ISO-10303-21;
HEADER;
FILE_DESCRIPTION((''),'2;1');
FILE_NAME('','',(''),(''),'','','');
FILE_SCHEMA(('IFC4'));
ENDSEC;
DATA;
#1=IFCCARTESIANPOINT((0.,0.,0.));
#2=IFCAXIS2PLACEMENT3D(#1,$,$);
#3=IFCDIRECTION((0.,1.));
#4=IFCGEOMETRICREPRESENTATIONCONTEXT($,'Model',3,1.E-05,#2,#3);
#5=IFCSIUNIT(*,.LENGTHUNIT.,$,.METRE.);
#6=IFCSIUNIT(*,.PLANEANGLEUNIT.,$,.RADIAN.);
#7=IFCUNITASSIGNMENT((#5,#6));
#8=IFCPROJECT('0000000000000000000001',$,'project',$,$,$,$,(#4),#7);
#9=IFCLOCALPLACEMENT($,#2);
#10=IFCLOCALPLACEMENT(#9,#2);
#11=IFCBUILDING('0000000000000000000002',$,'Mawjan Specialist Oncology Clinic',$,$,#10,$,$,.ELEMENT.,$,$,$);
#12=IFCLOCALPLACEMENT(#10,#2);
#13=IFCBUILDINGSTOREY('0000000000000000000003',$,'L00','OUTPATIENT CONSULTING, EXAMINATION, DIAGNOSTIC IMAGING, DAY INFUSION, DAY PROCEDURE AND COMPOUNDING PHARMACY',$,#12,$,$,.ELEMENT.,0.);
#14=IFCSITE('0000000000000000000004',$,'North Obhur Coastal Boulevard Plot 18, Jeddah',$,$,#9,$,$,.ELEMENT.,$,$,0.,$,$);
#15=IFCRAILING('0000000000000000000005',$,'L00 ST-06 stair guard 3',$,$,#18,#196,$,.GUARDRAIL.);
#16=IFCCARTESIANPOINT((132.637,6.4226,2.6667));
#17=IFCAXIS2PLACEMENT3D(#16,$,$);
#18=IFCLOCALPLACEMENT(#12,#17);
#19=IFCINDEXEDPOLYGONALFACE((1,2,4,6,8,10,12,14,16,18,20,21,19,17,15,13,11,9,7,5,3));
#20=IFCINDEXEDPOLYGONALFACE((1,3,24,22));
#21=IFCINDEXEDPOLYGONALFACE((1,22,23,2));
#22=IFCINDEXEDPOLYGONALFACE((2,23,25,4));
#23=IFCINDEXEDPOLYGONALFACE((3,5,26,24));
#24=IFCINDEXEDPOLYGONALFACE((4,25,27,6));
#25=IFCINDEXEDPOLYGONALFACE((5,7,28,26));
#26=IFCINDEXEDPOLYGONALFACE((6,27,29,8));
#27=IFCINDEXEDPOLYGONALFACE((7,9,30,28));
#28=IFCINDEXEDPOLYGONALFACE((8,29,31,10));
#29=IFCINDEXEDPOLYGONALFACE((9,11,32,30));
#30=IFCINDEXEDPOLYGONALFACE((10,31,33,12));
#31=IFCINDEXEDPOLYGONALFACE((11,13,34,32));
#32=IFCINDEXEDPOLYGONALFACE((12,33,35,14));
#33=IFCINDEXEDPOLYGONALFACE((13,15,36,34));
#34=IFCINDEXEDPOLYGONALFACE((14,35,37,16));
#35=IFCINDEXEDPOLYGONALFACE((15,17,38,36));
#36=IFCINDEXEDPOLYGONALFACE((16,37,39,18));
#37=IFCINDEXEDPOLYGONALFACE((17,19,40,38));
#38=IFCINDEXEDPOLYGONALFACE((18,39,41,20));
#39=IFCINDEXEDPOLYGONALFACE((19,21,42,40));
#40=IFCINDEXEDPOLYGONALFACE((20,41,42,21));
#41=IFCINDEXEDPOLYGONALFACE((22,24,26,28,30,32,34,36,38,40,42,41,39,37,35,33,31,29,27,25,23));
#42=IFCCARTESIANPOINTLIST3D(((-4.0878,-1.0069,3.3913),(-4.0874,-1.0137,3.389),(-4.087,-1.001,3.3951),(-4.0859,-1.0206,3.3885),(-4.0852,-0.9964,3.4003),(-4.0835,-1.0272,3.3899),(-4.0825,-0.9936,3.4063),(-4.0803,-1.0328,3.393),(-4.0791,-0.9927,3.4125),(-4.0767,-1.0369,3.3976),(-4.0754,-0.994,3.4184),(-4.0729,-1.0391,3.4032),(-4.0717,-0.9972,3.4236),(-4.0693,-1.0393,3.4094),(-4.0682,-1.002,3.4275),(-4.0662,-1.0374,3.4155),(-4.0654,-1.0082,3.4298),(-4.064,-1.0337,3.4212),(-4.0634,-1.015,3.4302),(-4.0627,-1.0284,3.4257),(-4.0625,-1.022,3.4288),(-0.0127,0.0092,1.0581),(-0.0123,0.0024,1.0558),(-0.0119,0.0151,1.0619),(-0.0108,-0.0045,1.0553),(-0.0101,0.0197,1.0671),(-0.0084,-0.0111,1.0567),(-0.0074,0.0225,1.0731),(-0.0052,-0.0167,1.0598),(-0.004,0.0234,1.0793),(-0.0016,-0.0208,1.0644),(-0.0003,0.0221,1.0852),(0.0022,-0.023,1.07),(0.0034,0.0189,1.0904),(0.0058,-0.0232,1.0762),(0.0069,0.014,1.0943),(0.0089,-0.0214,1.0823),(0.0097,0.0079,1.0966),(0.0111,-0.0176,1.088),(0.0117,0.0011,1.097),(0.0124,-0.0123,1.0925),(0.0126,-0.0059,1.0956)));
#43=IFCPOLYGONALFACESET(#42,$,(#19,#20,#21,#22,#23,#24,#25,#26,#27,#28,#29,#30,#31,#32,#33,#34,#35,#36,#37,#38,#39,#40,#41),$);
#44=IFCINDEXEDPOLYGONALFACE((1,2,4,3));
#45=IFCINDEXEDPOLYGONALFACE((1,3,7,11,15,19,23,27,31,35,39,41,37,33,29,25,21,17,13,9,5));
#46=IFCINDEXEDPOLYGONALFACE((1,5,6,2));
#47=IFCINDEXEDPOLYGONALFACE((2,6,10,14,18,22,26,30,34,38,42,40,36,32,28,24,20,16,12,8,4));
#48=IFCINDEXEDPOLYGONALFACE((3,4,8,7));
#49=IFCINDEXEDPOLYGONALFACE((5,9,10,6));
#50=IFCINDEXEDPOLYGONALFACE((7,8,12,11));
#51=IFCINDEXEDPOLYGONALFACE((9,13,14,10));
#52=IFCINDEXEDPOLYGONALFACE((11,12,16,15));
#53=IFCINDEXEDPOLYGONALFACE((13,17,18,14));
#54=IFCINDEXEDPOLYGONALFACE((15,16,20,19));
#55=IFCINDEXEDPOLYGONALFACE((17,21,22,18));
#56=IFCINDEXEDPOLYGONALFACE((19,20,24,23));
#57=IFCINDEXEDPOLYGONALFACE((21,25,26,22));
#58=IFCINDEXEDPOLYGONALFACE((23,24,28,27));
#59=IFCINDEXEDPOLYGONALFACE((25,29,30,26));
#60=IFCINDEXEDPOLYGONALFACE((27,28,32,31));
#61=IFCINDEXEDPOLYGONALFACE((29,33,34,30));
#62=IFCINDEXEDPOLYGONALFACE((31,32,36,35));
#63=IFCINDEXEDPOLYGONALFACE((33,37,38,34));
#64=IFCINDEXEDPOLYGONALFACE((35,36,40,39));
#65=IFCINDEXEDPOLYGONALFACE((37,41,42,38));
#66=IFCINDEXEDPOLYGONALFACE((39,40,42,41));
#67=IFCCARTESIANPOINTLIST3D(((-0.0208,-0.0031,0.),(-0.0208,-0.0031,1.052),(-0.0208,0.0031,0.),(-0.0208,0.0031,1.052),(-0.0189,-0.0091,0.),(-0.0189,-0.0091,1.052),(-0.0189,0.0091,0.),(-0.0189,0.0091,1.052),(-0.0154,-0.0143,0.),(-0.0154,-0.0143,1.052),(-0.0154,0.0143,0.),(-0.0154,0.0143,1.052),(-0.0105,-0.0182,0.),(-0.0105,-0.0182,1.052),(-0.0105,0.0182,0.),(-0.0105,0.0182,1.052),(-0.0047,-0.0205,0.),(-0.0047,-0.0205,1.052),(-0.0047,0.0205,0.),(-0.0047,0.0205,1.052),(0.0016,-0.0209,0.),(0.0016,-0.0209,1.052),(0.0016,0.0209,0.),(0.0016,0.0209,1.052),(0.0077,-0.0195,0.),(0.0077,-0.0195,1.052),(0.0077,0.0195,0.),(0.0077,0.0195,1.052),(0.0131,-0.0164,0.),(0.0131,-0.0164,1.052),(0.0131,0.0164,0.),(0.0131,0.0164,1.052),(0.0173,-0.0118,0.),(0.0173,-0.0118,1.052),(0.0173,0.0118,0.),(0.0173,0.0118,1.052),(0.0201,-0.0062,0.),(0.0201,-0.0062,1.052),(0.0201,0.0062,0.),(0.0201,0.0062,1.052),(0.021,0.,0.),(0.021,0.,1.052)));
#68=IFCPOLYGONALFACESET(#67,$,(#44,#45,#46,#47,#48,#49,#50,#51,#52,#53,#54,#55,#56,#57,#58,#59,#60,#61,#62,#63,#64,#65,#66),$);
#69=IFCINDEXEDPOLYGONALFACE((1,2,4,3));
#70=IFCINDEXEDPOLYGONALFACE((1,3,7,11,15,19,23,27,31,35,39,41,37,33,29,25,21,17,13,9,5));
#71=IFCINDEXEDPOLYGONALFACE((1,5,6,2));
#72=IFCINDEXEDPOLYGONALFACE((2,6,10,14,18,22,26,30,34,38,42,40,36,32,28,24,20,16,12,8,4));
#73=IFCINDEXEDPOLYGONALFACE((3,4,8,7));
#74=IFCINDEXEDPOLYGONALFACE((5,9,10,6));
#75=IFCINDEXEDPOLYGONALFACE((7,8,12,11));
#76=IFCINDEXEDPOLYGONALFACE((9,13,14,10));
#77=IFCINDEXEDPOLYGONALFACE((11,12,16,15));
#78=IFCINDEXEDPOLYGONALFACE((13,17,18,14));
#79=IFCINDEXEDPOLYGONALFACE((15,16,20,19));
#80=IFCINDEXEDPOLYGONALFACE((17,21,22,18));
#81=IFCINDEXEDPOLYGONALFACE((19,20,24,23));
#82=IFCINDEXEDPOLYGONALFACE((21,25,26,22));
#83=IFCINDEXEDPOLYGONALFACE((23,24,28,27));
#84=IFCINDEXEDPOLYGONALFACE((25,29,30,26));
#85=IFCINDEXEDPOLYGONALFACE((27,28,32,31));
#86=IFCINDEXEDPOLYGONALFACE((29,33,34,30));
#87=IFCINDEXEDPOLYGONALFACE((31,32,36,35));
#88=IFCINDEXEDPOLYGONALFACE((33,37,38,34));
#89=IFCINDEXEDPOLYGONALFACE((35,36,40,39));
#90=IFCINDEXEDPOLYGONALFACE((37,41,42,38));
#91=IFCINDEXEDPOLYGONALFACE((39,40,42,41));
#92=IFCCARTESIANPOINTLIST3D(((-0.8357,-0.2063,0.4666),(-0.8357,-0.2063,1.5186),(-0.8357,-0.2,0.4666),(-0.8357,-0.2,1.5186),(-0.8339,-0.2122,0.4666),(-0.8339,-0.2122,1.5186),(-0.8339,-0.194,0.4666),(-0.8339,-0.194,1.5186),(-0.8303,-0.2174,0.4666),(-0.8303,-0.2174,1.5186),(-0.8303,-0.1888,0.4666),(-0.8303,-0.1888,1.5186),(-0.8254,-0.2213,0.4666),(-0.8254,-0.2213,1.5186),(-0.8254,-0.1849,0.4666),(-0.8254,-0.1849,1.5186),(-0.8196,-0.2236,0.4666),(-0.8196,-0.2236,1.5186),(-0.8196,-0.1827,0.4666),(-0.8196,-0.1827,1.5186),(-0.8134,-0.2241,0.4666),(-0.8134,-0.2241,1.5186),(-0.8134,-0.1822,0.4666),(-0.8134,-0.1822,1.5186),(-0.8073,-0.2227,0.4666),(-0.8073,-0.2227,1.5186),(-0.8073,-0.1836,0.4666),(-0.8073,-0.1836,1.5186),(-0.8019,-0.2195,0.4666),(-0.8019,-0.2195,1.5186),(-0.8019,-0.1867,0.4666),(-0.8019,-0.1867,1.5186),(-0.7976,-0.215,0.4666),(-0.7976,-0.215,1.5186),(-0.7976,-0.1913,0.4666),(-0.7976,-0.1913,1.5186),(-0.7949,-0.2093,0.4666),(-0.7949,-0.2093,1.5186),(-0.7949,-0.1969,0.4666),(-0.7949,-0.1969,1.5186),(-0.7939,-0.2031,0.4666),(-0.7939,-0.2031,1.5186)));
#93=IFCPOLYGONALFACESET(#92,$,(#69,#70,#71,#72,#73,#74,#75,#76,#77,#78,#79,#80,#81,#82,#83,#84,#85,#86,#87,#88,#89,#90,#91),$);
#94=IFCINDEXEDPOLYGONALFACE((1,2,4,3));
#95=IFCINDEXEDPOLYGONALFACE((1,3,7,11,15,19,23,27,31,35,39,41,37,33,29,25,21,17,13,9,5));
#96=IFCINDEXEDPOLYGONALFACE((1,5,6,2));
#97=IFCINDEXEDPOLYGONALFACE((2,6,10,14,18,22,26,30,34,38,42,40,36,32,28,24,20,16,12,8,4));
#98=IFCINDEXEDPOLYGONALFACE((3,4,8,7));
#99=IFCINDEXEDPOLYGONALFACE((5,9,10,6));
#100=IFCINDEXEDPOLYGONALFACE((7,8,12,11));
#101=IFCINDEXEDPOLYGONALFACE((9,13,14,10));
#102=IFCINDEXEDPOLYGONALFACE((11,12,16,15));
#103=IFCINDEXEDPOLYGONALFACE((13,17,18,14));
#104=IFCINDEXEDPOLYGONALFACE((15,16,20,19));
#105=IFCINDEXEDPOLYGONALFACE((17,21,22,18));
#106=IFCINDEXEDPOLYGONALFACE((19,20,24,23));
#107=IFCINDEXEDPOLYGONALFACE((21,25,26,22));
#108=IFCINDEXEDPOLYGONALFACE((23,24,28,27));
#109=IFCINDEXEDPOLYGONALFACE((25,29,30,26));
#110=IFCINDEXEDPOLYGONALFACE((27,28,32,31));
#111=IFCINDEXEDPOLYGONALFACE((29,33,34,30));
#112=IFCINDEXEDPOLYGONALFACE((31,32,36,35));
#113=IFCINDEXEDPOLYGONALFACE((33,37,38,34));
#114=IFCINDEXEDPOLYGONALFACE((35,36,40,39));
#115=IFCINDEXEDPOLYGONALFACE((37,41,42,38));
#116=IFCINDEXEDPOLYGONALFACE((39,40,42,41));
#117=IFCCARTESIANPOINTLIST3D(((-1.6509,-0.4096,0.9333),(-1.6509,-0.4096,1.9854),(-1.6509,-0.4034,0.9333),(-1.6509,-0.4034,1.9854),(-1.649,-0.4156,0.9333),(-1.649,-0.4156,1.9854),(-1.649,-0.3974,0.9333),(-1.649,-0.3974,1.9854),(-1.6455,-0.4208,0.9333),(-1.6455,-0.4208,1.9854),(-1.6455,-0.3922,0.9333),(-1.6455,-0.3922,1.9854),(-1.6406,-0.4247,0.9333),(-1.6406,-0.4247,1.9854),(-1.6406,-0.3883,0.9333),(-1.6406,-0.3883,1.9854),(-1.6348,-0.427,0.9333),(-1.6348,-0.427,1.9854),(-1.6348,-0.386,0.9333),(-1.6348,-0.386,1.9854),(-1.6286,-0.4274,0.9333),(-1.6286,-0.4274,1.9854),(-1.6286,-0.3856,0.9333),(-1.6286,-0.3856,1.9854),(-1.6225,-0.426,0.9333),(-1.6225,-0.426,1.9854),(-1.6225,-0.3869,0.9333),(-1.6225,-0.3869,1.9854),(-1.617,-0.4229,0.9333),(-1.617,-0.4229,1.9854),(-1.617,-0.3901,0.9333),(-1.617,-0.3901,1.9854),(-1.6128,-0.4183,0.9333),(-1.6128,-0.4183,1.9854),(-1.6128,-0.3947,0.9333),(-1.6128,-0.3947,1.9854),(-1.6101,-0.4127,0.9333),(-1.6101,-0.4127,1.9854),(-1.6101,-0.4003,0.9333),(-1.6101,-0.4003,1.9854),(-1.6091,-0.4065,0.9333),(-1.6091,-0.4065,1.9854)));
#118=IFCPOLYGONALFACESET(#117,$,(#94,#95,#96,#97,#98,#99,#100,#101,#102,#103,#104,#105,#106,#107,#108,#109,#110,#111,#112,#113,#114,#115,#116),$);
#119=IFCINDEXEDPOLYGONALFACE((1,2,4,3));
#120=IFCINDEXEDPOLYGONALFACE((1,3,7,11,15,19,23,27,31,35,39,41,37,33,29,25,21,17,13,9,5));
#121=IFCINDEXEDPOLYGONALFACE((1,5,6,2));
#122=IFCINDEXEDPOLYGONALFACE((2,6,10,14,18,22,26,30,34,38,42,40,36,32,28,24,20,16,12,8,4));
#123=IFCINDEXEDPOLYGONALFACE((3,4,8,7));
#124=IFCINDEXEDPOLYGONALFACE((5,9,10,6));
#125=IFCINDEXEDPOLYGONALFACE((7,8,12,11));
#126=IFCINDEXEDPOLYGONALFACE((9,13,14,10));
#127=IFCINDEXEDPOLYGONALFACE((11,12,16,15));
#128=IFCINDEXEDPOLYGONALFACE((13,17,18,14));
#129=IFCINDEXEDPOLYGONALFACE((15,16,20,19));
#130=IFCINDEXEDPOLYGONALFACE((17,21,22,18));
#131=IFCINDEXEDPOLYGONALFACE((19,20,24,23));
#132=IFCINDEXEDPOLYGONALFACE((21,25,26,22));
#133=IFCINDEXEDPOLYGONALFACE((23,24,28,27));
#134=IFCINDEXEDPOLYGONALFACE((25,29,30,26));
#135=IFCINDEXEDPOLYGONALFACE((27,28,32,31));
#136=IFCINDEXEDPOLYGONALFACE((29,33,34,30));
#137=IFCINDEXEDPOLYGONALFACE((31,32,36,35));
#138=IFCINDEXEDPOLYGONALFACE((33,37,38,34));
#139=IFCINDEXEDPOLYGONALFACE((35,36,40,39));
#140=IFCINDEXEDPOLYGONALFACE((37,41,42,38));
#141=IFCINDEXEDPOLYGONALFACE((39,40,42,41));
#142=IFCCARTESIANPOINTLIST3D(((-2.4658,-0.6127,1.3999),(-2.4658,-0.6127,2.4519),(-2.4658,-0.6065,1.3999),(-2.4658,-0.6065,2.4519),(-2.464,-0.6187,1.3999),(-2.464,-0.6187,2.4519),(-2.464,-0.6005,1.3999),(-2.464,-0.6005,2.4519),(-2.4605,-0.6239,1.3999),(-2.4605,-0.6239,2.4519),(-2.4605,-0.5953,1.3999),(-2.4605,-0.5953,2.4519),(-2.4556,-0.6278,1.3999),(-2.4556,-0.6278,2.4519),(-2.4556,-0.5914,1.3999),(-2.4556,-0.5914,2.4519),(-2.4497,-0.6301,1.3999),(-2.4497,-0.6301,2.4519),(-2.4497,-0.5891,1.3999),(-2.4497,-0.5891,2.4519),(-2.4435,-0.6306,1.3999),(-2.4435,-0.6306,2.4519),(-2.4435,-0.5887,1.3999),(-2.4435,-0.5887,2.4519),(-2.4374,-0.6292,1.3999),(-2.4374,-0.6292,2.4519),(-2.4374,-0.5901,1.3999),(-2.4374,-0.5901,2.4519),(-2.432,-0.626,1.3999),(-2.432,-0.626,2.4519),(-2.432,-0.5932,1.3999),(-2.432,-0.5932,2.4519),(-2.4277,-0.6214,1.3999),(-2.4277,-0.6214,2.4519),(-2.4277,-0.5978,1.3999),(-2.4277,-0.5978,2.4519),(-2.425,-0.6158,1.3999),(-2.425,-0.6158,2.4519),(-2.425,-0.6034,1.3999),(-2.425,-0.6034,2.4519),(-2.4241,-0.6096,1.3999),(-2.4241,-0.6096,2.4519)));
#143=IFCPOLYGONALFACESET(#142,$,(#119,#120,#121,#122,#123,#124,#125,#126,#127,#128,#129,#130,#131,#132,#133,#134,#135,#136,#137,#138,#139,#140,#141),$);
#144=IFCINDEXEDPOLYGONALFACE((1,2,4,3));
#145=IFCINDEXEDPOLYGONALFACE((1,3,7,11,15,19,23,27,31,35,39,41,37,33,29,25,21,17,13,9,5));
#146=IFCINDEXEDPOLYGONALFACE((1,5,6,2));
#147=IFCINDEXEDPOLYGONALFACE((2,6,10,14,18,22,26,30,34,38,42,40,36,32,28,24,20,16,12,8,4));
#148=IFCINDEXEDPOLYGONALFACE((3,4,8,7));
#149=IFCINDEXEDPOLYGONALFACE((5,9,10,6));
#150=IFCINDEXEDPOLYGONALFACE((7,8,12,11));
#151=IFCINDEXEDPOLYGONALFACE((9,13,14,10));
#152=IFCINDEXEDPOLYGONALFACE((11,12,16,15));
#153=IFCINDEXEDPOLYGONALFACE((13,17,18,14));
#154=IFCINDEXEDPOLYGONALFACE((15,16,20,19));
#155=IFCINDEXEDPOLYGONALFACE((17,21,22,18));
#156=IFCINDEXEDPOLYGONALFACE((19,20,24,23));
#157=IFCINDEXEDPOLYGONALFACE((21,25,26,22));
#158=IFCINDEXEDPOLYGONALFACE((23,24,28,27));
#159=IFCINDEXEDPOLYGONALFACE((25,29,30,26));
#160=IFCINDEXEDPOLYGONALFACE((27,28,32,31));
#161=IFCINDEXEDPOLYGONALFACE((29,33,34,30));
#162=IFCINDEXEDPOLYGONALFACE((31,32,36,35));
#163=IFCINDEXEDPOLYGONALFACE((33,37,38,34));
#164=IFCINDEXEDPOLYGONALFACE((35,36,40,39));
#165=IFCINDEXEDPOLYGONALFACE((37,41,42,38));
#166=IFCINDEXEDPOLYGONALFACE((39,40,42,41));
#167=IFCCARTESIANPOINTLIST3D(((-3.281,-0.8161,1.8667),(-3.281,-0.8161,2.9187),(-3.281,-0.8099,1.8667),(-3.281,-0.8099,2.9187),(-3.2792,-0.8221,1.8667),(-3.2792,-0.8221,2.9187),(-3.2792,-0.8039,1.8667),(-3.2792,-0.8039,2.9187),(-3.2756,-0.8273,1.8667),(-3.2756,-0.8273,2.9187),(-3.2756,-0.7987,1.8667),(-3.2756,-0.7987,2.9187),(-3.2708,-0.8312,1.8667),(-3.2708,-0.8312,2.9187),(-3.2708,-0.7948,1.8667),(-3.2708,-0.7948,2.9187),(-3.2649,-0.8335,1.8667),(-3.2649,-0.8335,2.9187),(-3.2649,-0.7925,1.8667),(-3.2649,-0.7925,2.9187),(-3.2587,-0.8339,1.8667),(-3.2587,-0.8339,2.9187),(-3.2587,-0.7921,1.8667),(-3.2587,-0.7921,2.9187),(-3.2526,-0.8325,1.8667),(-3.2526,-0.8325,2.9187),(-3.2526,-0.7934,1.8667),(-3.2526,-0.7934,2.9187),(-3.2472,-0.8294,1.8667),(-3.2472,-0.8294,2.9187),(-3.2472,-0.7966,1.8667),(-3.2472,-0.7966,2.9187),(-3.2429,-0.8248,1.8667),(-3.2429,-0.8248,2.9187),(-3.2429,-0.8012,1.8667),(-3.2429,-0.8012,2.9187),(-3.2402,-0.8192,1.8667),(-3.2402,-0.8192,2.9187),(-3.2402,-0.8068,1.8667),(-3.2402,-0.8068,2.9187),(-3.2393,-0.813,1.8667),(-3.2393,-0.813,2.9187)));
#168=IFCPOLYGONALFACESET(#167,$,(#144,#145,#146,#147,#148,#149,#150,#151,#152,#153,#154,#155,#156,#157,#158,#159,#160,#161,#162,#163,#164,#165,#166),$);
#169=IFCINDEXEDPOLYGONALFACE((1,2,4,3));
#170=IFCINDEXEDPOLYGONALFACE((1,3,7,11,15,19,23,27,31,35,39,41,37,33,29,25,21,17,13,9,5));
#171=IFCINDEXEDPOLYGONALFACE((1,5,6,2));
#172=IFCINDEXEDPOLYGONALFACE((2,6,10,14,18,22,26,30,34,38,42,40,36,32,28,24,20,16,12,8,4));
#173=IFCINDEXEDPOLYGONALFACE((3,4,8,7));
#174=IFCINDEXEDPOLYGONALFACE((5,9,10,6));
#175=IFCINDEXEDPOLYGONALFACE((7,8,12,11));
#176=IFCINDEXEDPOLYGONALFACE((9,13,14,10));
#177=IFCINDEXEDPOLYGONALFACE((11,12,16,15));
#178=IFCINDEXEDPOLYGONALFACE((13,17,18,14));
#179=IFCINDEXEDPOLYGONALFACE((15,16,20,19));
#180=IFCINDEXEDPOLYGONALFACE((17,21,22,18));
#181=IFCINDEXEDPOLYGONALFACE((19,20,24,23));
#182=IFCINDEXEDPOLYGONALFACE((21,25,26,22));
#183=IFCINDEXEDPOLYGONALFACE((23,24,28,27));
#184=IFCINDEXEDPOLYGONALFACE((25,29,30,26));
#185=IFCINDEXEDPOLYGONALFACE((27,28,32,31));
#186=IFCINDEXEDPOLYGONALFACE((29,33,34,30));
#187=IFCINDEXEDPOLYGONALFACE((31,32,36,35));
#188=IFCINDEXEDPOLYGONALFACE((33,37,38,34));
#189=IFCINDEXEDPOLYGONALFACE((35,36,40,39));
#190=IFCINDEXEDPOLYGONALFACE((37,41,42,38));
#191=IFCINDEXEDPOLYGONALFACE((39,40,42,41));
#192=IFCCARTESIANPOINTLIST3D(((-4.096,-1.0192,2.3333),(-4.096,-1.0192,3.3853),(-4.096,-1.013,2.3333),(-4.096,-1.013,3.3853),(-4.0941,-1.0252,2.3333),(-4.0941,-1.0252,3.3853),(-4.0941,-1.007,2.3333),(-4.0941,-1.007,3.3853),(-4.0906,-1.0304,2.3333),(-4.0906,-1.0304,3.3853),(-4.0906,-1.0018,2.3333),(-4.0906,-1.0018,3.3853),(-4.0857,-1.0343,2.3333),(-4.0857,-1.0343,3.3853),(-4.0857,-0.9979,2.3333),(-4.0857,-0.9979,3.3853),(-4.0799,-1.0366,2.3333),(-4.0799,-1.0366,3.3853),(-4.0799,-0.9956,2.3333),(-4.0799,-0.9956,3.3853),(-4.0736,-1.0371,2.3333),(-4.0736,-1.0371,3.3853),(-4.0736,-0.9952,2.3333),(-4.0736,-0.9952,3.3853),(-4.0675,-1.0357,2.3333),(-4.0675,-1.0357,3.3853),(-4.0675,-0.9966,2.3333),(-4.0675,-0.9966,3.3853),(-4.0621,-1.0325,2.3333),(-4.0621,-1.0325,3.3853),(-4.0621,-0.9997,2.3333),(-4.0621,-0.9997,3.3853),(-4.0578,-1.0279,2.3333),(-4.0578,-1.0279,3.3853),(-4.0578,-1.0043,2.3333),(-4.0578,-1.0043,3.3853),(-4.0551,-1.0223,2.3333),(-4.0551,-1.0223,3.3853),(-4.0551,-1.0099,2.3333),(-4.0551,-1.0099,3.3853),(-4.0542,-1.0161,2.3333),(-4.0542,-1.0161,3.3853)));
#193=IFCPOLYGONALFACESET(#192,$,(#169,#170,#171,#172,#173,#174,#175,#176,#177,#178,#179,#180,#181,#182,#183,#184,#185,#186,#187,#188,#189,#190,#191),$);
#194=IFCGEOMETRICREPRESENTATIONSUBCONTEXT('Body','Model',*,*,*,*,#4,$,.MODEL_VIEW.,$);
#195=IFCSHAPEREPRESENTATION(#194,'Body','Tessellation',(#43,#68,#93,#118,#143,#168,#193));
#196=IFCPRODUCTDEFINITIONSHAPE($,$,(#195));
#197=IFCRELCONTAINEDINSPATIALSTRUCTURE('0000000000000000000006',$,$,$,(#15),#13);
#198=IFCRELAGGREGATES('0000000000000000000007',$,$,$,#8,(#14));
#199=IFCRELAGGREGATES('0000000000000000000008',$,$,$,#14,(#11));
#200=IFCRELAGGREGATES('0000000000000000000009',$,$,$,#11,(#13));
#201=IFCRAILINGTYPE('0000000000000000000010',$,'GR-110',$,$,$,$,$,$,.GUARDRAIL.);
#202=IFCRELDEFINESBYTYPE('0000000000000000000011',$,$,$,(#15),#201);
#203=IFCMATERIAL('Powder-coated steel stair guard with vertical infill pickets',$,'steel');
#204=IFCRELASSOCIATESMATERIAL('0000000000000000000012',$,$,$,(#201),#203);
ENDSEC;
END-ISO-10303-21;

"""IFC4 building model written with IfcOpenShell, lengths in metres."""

from ifc_helpers import new_model, si_unit, direction, frame, origin, origin_2d, place, context, subcontext, project, spatial, circle, extrude, material, type_object, element, save


model = new_model("IFC4")

# Units and contexts
model_context = context("Model", 3, precision=1e-05, world=origin(), true_north=direction((0.0, 1.0)))
body_context = subcontext(model_context, "Body", "Model", "MODEL_VIEW")
ifc_project = project(units=[si_unit("LENGTHUNIT", "METRE"), si_unit("PLANEANGLEUNIT", "RADIAN")], contexts=[model_context])

# Site, building, storey
site_placement = place(None, origin())
site = spatial("IfcSite", under=ifc_project, at=site_placement, Name="North Obhur Coastal Boulevard Plot 18, Jeddah", CompositionType="ELEMENT", RefElevation=0.0)
building_placement = place(site_placement, origin())
building = spatial("IfcBuilding", under=site, at=building_placement, Name="Mawjan Specialist Oncology Clinic", CompositionType="ELEMENT")
storey_placement = place(building_placement, origin())
storey = spatial("IfcBuildingStorey", under=building, at=storey_placement, Name="L00", Description="OUTPATIENT CONSULTING, EXAMINATION, DIAGNOSTIC IMAGING, DAY INFUSION, DAY PROCEDURE AND COMPOUNDING PHARMACY", CompositionType="ELEMENT", Elevation=0.0)

# Railing
ifc_material_1 = material(Name="Powder-coated steel stair guard with vertical infill pickets", Category="steel")
railing_type = type_object("IfcRailingType", Name="GR-110", PredefinedType="GUARDRAIL", material=ifc_material_1)
railing_1_placement = place(storey_placement, frame((132.637, 6.4226, 2.6667)))
element("IfcRailing", 1, at=railing_1_placement, inside=storey, type_object=railing_type, Name="L00 ST-06 stair guard 3", PredefinedType="GUARDRAIL", context=body_context, shape_type="SweptSolid", body=[
    extrude(circle(Radius=0.0239, at=origin_2d()), frame((0.0, 0.0, 1.0762), z_axis=(-0.848194, -0.211489, 0.485633), x_axis=(0.241934, -0.970293, 0.0)), (0.0, 0.0, 1.0), 4.8044),
    extrude(circle(Radius=0.021, at=origin_2d()), origin(), (0.0, 0.0, 1.0), 1.052),
    extrude(circle(Radius=0.021, at=origin_2d()), frame((-0.8149, -0.2031, 0.4666)), (0.0, 0.0, 1.0), 1.052),
    extrude(circle(Radius=0.021, at=origin_2d()), frame((-1.6301, -0.4065, 0.9333)), (0.0, 0.0, 1.0), 1.052),
    extrude(circle(Radius=0.021, at=origin_2d()), frame((-2.4451, -0.6096, 1.3999)), (0.0, 0.0, 1.0), 1.052),
    extrude(circle(Radius=0.021, at=origin_2d()), frame((-3.2603, -0.813, 1.8667)), (0.0, 0.0, 1.0), 1.052),
    extrude(circle(Radius=0.021, at=origin_2d()), frame((-4.0752, -1.0161, 2.3333)), (0.0, 0.0, 1.0), 1.052),
])

save(model, "model.ifc")
